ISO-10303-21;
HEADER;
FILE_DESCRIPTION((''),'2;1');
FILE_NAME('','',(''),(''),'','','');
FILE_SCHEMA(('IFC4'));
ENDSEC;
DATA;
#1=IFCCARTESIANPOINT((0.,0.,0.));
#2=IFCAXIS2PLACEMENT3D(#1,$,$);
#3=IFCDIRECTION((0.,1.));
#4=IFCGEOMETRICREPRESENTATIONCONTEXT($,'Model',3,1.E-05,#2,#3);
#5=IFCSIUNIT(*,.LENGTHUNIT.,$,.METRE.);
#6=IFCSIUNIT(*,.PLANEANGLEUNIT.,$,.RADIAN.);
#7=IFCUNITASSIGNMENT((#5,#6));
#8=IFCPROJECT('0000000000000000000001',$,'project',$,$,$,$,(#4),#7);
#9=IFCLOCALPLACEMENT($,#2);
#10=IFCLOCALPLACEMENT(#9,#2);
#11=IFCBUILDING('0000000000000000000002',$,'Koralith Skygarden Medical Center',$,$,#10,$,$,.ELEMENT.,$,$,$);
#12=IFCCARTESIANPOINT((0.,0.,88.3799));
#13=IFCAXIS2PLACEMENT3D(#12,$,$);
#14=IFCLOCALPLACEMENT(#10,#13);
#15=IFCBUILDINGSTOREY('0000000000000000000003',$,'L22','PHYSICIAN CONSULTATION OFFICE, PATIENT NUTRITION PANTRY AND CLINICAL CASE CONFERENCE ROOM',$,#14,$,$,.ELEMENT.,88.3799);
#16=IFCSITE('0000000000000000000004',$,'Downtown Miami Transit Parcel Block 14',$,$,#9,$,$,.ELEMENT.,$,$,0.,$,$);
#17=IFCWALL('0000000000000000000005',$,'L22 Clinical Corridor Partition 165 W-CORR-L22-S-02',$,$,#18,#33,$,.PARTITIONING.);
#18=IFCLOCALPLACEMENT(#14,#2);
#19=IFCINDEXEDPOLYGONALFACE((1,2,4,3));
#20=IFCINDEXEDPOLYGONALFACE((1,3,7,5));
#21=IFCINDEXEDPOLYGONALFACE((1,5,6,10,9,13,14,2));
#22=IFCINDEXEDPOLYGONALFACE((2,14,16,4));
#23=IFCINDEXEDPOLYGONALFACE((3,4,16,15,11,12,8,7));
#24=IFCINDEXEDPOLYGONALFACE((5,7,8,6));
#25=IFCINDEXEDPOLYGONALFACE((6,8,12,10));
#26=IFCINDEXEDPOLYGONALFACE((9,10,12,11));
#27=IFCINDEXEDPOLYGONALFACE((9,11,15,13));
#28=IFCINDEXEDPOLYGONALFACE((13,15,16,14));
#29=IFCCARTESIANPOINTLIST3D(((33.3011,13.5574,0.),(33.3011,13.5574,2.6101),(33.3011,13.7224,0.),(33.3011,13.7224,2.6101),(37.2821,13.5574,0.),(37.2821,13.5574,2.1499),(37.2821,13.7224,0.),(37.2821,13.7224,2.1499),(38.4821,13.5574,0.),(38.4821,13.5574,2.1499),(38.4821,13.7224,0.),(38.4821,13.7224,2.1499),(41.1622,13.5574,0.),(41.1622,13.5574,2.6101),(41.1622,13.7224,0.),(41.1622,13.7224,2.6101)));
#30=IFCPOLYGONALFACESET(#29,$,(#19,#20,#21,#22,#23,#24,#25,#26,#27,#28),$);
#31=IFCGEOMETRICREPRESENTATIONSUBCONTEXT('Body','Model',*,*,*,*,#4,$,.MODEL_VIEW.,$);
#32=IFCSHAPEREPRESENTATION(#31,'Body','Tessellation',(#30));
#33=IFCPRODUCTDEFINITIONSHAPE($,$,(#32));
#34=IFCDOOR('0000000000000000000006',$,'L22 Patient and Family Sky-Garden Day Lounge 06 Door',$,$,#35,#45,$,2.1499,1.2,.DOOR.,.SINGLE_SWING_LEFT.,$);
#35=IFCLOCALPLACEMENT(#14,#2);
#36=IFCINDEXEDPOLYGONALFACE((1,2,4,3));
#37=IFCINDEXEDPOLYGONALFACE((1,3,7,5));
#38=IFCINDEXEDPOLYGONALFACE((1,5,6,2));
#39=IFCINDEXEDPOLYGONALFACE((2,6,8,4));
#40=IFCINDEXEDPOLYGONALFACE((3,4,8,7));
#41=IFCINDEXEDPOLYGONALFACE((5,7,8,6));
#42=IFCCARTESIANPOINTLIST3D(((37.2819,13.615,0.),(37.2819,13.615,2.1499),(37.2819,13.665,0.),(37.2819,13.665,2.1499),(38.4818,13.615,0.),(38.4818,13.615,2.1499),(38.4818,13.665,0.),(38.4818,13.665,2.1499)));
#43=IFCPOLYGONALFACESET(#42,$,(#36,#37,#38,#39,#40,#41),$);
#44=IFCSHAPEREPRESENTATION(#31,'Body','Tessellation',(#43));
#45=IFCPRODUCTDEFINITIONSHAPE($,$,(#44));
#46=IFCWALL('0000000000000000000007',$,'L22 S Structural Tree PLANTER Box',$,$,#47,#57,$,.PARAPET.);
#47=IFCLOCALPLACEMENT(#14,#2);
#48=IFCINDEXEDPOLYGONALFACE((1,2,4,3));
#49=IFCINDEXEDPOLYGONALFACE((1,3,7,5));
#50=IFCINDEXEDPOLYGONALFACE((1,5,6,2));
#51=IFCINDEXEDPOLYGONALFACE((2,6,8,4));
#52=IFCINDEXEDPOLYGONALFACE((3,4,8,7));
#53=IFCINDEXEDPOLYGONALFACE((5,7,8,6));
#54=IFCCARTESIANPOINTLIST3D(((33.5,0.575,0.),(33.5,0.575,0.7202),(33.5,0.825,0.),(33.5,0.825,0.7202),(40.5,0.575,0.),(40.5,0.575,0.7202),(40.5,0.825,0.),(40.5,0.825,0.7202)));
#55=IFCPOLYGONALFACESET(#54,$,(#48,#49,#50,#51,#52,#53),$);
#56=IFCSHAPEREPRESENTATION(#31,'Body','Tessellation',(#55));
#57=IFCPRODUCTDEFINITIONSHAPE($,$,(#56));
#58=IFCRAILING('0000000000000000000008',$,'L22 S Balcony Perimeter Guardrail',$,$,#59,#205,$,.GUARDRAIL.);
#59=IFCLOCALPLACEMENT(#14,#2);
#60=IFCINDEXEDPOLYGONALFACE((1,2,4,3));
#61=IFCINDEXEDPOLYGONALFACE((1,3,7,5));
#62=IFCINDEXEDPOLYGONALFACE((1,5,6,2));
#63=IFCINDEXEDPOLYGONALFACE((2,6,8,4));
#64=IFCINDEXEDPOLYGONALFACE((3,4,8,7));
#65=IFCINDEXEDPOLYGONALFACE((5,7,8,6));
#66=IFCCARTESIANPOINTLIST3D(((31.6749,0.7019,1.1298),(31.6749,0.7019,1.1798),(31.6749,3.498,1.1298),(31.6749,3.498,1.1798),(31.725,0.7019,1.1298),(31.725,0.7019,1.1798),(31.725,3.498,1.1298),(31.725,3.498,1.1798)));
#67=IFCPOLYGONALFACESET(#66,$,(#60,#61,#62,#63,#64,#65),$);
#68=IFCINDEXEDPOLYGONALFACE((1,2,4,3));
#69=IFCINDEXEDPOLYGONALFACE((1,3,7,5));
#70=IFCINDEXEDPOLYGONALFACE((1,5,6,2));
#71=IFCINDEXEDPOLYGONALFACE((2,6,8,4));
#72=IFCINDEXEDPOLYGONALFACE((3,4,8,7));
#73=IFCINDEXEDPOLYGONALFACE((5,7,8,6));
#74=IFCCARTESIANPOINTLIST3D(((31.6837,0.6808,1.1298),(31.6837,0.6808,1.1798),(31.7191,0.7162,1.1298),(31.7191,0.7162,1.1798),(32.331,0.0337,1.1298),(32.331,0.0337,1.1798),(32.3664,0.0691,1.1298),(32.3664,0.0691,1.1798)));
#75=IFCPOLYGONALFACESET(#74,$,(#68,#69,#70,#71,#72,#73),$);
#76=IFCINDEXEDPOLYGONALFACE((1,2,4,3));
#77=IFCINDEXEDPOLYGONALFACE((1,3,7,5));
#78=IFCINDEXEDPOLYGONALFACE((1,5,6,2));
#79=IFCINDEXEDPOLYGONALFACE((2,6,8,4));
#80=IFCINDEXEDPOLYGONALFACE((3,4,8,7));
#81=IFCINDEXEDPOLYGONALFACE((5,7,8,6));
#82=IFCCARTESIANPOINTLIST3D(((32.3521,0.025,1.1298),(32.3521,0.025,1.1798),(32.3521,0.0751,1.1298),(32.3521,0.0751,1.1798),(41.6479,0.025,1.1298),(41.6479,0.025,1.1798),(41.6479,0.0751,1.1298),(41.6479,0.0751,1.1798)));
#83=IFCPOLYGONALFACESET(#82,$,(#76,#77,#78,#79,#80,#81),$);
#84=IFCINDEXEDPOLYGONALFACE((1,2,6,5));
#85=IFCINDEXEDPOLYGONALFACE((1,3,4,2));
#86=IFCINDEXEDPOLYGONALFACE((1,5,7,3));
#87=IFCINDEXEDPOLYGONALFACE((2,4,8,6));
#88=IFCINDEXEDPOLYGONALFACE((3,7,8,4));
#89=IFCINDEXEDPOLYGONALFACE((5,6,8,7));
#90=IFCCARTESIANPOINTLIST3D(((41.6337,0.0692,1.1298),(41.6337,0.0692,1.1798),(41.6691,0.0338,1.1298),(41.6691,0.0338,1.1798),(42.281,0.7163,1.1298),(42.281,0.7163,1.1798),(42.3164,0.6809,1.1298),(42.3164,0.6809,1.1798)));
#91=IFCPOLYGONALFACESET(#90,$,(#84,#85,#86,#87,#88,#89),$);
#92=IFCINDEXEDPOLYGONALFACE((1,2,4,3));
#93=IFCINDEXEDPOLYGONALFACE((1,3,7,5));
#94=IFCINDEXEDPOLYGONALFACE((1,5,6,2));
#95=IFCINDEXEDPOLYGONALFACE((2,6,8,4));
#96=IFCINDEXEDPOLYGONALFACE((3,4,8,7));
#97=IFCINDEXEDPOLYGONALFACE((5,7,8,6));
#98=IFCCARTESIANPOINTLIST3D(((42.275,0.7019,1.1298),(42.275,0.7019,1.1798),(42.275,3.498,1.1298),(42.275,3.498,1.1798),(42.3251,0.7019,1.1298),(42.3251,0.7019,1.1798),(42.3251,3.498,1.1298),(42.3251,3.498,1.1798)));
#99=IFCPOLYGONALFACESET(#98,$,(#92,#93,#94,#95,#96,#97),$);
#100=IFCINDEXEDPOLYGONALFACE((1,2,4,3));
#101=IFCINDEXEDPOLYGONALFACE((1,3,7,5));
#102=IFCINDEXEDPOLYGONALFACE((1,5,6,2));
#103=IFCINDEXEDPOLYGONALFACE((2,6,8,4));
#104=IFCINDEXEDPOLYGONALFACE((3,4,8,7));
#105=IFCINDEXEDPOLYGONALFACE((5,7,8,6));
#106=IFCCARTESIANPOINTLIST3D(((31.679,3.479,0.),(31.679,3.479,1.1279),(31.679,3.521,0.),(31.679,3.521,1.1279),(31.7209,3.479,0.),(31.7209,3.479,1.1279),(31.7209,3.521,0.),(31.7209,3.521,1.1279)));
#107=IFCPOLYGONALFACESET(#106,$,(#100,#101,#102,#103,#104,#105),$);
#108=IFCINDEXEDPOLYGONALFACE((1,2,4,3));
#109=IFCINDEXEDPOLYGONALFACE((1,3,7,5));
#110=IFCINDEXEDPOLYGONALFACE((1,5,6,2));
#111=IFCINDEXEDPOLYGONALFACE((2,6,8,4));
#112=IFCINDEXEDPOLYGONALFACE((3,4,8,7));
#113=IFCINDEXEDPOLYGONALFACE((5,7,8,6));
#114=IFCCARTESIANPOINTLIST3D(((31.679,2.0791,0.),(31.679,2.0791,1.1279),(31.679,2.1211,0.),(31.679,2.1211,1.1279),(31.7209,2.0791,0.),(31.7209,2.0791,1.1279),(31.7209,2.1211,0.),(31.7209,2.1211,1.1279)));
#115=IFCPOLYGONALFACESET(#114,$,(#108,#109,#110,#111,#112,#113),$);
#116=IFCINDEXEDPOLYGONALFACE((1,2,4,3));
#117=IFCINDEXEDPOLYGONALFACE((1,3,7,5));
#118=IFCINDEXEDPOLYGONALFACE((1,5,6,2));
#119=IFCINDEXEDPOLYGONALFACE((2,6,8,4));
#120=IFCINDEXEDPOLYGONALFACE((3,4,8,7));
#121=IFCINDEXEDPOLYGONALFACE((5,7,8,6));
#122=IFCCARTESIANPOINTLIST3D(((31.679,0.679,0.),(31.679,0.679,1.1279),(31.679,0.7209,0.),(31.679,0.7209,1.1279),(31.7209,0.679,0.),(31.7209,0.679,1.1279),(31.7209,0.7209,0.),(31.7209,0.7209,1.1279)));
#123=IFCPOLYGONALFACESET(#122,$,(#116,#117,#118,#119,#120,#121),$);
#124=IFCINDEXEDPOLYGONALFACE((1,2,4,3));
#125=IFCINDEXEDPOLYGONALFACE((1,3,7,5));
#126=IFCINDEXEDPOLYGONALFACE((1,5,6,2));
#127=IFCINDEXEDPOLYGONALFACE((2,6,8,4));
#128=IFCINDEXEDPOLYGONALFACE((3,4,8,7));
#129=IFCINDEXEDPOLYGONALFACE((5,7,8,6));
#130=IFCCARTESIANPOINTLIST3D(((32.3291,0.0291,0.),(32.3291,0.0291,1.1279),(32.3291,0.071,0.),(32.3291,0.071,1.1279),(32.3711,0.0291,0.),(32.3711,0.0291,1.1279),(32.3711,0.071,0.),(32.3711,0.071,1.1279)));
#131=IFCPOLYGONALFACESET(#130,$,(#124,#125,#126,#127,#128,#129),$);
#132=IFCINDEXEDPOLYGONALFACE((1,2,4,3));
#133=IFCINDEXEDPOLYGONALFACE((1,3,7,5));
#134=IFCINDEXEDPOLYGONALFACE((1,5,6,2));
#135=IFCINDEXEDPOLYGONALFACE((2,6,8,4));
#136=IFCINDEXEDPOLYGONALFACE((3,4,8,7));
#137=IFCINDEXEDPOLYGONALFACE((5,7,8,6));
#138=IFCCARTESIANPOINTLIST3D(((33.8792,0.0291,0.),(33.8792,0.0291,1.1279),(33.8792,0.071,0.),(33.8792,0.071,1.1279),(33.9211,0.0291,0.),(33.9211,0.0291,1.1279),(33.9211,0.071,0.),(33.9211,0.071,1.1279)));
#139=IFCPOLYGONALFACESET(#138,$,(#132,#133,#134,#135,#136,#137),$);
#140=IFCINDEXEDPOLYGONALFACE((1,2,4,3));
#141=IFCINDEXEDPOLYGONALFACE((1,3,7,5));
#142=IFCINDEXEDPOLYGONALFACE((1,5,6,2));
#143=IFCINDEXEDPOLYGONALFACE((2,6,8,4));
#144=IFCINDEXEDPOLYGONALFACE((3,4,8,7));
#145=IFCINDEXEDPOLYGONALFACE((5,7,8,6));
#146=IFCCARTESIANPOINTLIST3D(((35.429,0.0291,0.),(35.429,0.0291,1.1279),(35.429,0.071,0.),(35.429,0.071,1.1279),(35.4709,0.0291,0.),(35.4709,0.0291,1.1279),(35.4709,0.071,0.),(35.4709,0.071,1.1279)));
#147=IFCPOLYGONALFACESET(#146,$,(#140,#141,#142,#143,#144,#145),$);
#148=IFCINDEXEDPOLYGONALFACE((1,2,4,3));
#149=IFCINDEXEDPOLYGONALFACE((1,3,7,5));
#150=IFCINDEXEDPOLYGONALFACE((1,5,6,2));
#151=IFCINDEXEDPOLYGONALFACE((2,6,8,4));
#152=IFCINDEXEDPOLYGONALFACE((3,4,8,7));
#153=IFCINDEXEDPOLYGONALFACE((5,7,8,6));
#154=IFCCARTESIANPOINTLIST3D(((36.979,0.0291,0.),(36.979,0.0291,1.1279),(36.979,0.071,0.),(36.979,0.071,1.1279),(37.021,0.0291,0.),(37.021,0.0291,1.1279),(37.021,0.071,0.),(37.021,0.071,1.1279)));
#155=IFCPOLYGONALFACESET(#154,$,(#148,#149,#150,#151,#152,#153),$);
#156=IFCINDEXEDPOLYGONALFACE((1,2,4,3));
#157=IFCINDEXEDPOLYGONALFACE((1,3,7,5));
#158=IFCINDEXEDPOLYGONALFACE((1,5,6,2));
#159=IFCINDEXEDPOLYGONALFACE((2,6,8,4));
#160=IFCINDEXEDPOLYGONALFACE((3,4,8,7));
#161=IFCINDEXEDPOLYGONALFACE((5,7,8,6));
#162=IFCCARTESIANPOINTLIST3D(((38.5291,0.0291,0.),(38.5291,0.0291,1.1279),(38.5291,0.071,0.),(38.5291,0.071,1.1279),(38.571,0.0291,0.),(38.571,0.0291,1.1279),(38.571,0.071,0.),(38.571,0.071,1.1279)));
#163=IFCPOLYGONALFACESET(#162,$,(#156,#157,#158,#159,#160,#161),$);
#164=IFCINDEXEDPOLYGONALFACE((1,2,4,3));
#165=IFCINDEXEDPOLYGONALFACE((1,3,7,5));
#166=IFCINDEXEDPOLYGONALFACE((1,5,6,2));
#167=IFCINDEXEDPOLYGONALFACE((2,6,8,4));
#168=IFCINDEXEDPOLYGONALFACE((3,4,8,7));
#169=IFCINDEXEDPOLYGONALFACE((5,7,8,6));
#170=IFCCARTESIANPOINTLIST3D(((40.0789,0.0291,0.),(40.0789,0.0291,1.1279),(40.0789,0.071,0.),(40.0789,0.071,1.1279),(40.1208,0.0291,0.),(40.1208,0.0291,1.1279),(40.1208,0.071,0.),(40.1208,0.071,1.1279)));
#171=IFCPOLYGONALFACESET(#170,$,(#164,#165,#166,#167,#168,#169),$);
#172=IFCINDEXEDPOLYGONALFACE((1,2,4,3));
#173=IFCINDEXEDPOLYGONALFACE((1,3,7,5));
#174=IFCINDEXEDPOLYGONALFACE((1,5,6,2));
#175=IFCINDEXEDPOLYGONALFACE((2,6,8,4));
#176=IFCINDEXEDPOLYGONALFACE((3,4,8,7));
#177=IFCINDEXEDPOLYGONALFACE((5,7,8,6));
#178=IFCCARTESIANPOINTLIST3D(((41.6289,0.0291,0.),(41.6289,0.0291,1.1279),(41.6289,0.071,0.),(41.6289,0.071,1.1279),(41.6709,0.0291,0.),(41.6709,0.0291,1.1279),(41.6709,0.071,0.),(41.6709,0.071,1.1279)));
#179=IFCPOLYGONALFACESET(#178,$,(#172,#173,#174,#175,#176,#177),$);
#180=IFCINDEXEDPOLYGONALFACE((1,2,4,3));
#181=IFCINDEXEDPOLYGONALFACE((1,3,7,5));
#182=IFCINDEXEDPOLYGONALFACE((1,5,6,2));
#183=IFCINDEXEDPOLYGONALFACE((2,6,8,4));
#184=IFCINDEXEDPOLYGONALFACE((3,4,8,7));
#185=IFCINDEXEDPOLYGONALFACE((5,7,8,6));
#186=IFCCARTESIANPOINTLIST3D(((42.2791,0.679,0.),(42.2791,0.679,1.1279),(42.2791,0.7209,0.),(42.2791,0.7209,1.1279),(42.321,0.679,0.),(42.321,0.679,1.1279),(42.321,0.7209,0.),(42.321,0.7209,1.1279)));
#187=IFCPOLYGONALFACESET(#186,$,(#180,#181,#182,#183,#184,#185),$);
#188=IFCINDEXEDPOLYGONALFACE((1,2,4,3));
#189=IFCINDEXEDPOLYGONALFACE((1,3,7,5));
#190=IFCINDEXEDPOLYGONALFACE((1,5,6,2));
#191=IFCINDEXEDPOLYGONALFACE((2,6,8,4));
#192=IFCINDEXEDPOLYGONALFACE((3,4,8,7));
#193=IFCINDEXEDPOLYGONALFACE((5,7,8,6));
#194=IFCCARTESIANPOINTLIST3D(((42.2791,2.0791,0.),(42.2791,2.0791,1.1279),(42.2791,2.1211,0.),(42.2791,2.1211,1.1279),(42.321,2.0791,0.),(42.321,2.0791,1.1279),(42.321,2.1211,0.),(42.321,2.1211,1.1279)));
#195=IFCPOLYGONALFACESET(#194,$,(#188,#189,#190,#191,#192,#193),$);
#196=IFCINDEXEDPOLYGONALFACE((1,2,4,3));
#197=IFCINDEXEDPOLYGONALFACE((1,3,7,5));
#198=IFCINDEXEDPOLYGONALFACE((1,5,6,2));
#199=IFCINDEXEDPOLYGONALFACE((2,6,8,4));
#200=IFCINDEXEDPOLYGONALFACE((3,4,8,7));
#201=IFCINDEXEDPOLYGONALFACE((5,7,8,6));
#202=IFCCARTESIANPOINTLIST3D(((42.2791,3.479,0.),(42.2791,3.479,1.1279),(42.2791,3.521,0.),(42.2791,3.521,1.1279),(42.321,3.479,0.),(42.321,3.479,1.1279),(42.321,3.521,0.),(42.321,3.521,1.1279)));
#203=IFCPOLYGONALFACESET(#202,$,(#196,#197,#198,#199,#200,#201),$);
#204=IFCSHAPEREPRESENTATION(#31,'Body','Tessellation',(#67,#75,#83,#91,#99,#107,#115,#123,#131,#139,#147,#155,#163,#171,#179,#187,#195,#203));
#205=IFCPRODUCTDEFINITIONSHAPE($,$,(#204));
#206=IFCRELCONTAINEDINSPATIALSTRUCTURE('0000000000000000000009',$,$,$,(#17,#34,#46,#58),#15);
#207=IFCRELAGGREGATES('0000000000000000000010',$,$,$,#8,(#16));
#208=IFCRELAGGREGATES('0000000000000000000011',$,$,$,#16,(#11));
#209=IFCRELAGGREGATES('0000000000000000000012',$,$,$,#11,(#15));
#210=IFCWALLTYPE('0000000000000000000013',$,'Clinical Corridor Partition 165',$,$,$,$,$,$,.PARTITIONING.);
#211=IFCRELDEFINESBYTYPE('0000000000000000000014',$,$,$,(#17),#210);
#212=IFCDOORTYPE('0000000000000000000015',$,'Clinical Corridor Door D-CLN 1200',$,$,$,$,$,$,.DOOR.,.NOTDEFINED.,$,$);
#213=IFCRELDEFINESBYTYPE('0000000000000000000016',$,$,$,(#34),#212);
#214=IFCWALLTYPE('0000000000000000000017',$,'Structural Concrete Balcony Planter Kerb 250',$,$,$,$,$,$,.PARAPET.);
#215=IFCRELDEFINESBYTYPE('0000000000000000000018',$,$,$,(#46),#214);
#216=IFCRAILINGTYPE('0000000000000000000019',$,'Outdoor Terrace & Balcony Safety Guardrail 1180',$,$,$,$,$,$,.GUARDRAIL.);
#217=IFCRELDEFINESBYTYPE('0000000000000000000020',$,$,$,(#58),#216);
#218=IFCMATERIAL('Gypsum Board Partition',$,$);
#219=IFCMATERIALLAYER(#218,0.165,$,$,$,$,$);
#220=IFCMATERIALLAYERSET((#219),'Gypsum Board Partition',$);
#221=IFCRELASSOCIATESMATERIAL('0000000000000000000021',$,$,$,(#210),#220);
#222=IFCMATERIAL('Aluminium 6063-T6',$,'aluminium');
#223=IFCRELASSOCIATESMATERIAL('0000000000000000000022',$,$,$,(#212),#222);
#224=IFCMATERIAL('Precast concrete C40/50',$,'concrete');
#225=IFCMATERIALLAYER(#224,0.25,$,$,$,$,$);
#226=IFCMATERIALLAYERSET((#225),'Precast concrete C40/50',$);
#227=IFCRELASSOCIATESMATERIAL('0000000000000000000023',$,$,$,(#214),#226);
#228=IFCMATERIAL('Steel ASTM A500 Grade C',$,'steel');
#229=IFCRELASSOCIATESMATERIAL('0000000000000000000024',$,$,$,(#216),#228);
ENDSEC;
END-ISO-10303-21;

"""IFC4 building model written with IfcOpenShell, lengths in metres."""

from ifc_helpers import new_model, si_unit, direction, frame, frame_2d, origin, origin_2d, place, context, subcontext, project, spatial, rectangle, extrude, material, layer, layer_set, type_object, element, fill, save


model = new_model("IFC4")

# Units and contexts
model_context = context("Model", 3, precision=1e-05, world=origin(), true_north=direction((0.0, 1.0)))
body_context = subcontext(model_context, "Body", "Model", "MODEL_VIEW")
ifc_project = project(units=[si_unit("LENGTHUNIT", "METRE"), si_unit("PLANEANGLEUNIT", "RADIAN")], contexts=[model_context])

# Site, building, storey
site_placement = place(None, origin())
site = spatial("IfcSite", under=ifc_project, at=site_placement, Name="Downtown Miami Transit Parcel Block 14", CompositionType="ELEMENT", RefElevation=0.0)
building_placement = place(site_placement, origin())
building = spatial("IfcBuilding", under=site, at=building_placement, Name="Koralith Skygarden Medical Center", CompositionType="ELEMENT")
storey_placement = place(building_placement, frame((0.0, 0.0, 88.3799)))
storey = spatial("IfcBuildingStorey", under=building, at=storey_placement, Name="L22", Description="PHYSICIAN CONSULTATION OFFICE, PATIENT NUTRITION PANTRY AND CLINICAL CASE CONFERENCE ROOM", CompositionType="ELEMENT", Elevation=88.3799)

# Shared definitions
ifc_material_1 = material(Name="Aluminium 6063-T6", Category="aluminium")

# Shared definitions
ifc_material_2 = material(Name="Gypsum Board Partition")
ifc_layer_1 = layer(ifc_material_2, 0.165)
ifc_layer_set_1 = layer_set([ifc_layer_1], Name="Gypsum Board Partition")
wall_type_1 = type_object("IfcWallType", Name="Clinical Corridor Partition 165", PredefinedType="PARTITIONING", material=ifc_layer_set_1)

# Wall, opening, door
door_type = type_object("IfcDoorType", Name="Clinical Corridor Door D-CLN 1200", OperationType="NOTDEFINED", PredefinedType="DOOR", material=ifc_material_1)
wall_1_placement = place(storey_placement, frame((33.301, 13.6399, 0.0), z_axis=(0.0, 0.0, 1.0), x_axis=(1.0, 0.0, 0.0)))
wall_1 = element("IfcWall", 1, at=wall_1_placement, inside=storey, type_object=wall_type_1, Name="L22 Clinical Corridor Partition 165 W-CORR-L22-S-02", PredefinedType="PARTITIONING", context=body_context, shape_type="SweptSolid", body=[
    extrude(rectangle(XDim=7.8611, YDim=0.165, at=frame_2d((3.9307, 0.0))), origin(), (0.0, 0.0, 1.0), 2.6101),
])
opening_1_placement = place(wall_1_placement, frame((3.981, 0.0, 0.0)))
opening_1 = element("IfcOpeningElement", 2, at=opening_1_placement, cuts=wall_1, PredefinedType="OPENING", context=body_context, shape_type="SweptSolid", body=[
    extrude(rectangle(XDim=1.2, YDim=2.1499, at=frame_2d((0.6001, 1.075))), frame((0.0, 0.0925, 0.0), z_axis=(0.0, -1.0, 0.0), x_axis=(1.0, 0.0, 0.0)), (0.0, 0.0, 1.0), 0.1851),
])
door_1_placement = place(opening_1_placement, frame((1.2, 0.0, 0.0), z_axis=(0.0, 0.0, 1.0), x_axis=(-1.0, 0.0, 0.0)))
door_1 = element("IfcDoor", 3, at=door_1_placement, inside=storey, type_object=door_type, Name="L22 Patient and Family Sky-Garden Day Lounge 06 Door", OperationType="SINGLE_SWING_LEFT", OverallHeight=2.1499, OverallWidth=1.2, PredefinedType="DOOR", context=body_context, shape_type="SweptSolid", body=[
    extrude(rectangle(XDim=1.2, YDim=2.1499, at=frame_2d((0.6001, 1.075))), frame((0.0, 0.0249, 0.0), z_axis=(0.0, -1.0, 0.0), x_axis=(1.0, 0.0, 0.0)), (0.0, 0.0, 1.0), 0.05),
])
fill(opening_1, door_1)

# Wall
ifc_material_3 = material(Name="Precast concrete C40/50", Category="concrete")
ifc_layer_2 = layer(ifc_material_3, 0.25)
ifc_layer_set_2 = layer_set([ifc_layer_2], Name="Precast concrete C40/50")
wall_type_2 = type_object("IfcWallType", Name="Structural Concrete Balcony Planter Kerb 250", PredefinedType="PARAPET", material=ifc_layer_set_2)
wall_2_placement = place(storey_placement, frame((33.5, 0.7, 0.0), z_axis=(0.0, 0.0, 1.0), x_axis=(1.0, 0.0, 0.0)))
element("IfcWall", 4, at=wall_2_placement, inside=storey, type_object=wall_type_2, Name="L22 S Structural Tree PLANTER Box", PredefinedType="PARAPET", context=body_context, shape_type="SweptSolid", body=[
    extrude(rectangle(XDim=7.0, YDim=0.25, at=frame_2d((3.5, 0.0))), origin(), (0.0, 0.0, 1.0), 0.7202),
])

# Railing
ifc_material_4 = material(Name="Steel ASTM A500 Grade C", Category="steel")
railing_type = type_object("IfcRailingType", Name="Outdoor Terrace & Balcony Safety Guardrail 1180", PredefinedType="GUARDRAIL", material=ifc_material_4)
railing_placement = place(storey_placement, frame((31.7, 3.5, 0.0)))
element("IfcRailing", 5, at=railing_placement, inside=storey, type_object=railing_type, Name="L22 S Balcony Perimeter Guardrail", PredefinedType="GUARDRAIL", context=body_context, shape_type="SweptSolid", body=[
    extrude(rectangle(XDim=0.05, YDim=0.05, at=origin_2d()), frame((0.0, -0.002, 1.1548), z_axis=(0.0, -1.0, 0.0), x_axis=(1.0, 0.0, 0.0)), (0.0, 0.0, 1.0), 2.7961),
    extrude(rectangle(XDim=0.05, YDim=0.05, at=origin_2d()), frame((0.0015, -2.8015, 1.1548), z_axis=(0.70724, -0.706974, 0.0), x_axis=(0.706974, 0.70724, 0.0)), (0.0, 0.0, 1.0), 0.9153),
    extrude(rectangle(XDim=0.05, YDim=0.05, at=origin_2d()), frame((0.6521, -3.45, 1.1548), z_axis=(1.0, 0.0, 0.0), x_axis=(0.0, 1.0, 0.0)), (0.0, 0.0, 1.0), 9.2959),
    extrude(rectangle(XDim=0.05, YDim=0.05, at=origin_2d()), frame((9.9514, -3.4485, 1.1548), z_axis=(0.70724, 0.706974, 0.0), x_axis=(-0.706974, 0.70724, 0.0)), (0.0, 0.0, 1.0), 0.9153),
    extrude(rectangle(XDim=0.05, YDim=0.05, at=origin_2d()), frame((10.6001, -2.7981, 1.1548), z_axis=(0.0, 1.0, 0.0), x_axis=(-1.0, 0.0, 0.0)), (0.0, 0.0, 1.0), 2.7961),
    extrude(rectangle(XDim=0.042, YDim=0.042, at=origin_2d()), origin(), (0.0, 0.0, 1.0), 1.1279),
    extrude(rectangle(XDim=0.042, YDim=0.042, at=origin_2d()), frame((0.0, -1.3999, 0.0)), (0.0, 0.0, 1.0), 1.1279),
    extrude(rectangle(XDim=0.042, YDim=0.042, at=origin_2d()), frame((0.0, -2.8, 0.0)), (0.0, 0.0, 1.0), 1.1279),
    extrude(rectangle(XDim=0.042, YDim=0.042, at=origin_2d()), frame((0.6501, -3.45, 0.0)), (0.0, 0.0, 1.0), 1.1279),
    extrude(rectangle(XDim=0.042, YDim=0.042, at=origin_2d()), frame((2.2002, -3.45, 0.0)), (0.0, 0.0, 1.0), 1.1279),
    extrude(rectangle(XDim=0.042, YDim=0.042, at=origin_2d()), frame((3.75, -3.45, 0.0)), (0.0, 0.0, 1.0), 1.1279),
    extrude(rectangle(XDim=0.042, YDim=0.042, at=origin_2d()), frame((5.3, -3.45, 0.0)), (0.0, 0.0, 1.0), 1.1279),
    extrude(rectangle(XDim=0.042, YDim=0.042, at=origin_2d()), frame((6.8501, -3.45, 0.0)), (0.0, 0.0, 1.0), 1.1279),
    extrude(rectangle(XDim=0.042, YDim=0.042, at=origin_2d()), frame((8.3999, -3.45, 0.0)), (0.0, 0.0, 1.0), 1.1279),
    extrude(rectangle(XDim=0.042, YDim=0.042, at=origin_2d()), frame((9.95, -3.45, 0.0)), (0.0, 0.0, 1.0), 1.1279),
    extrude(rectangle(XDim=0.042, YDim=0.042, at=origin_2d()), frame((10.6001, -2.8, 0.0)), (0.0, 0.0, 1.0), 1.1279),
    extrude(rectangle(XDim=0.042, YDim=0.042, at=origin_2d()), frame((10.6001, -1.3999, 0.0)), (0.0, 0.0, 1.0), 1.1279),
    extrude(rectangle(XDim=0.042, YDim=0.042, at=origin_2d()), frame((10.6001, 0.0, 0.0)), (0.0, 0.0, 1.0), 1.1279),
])

save(model, "model.ifc")
